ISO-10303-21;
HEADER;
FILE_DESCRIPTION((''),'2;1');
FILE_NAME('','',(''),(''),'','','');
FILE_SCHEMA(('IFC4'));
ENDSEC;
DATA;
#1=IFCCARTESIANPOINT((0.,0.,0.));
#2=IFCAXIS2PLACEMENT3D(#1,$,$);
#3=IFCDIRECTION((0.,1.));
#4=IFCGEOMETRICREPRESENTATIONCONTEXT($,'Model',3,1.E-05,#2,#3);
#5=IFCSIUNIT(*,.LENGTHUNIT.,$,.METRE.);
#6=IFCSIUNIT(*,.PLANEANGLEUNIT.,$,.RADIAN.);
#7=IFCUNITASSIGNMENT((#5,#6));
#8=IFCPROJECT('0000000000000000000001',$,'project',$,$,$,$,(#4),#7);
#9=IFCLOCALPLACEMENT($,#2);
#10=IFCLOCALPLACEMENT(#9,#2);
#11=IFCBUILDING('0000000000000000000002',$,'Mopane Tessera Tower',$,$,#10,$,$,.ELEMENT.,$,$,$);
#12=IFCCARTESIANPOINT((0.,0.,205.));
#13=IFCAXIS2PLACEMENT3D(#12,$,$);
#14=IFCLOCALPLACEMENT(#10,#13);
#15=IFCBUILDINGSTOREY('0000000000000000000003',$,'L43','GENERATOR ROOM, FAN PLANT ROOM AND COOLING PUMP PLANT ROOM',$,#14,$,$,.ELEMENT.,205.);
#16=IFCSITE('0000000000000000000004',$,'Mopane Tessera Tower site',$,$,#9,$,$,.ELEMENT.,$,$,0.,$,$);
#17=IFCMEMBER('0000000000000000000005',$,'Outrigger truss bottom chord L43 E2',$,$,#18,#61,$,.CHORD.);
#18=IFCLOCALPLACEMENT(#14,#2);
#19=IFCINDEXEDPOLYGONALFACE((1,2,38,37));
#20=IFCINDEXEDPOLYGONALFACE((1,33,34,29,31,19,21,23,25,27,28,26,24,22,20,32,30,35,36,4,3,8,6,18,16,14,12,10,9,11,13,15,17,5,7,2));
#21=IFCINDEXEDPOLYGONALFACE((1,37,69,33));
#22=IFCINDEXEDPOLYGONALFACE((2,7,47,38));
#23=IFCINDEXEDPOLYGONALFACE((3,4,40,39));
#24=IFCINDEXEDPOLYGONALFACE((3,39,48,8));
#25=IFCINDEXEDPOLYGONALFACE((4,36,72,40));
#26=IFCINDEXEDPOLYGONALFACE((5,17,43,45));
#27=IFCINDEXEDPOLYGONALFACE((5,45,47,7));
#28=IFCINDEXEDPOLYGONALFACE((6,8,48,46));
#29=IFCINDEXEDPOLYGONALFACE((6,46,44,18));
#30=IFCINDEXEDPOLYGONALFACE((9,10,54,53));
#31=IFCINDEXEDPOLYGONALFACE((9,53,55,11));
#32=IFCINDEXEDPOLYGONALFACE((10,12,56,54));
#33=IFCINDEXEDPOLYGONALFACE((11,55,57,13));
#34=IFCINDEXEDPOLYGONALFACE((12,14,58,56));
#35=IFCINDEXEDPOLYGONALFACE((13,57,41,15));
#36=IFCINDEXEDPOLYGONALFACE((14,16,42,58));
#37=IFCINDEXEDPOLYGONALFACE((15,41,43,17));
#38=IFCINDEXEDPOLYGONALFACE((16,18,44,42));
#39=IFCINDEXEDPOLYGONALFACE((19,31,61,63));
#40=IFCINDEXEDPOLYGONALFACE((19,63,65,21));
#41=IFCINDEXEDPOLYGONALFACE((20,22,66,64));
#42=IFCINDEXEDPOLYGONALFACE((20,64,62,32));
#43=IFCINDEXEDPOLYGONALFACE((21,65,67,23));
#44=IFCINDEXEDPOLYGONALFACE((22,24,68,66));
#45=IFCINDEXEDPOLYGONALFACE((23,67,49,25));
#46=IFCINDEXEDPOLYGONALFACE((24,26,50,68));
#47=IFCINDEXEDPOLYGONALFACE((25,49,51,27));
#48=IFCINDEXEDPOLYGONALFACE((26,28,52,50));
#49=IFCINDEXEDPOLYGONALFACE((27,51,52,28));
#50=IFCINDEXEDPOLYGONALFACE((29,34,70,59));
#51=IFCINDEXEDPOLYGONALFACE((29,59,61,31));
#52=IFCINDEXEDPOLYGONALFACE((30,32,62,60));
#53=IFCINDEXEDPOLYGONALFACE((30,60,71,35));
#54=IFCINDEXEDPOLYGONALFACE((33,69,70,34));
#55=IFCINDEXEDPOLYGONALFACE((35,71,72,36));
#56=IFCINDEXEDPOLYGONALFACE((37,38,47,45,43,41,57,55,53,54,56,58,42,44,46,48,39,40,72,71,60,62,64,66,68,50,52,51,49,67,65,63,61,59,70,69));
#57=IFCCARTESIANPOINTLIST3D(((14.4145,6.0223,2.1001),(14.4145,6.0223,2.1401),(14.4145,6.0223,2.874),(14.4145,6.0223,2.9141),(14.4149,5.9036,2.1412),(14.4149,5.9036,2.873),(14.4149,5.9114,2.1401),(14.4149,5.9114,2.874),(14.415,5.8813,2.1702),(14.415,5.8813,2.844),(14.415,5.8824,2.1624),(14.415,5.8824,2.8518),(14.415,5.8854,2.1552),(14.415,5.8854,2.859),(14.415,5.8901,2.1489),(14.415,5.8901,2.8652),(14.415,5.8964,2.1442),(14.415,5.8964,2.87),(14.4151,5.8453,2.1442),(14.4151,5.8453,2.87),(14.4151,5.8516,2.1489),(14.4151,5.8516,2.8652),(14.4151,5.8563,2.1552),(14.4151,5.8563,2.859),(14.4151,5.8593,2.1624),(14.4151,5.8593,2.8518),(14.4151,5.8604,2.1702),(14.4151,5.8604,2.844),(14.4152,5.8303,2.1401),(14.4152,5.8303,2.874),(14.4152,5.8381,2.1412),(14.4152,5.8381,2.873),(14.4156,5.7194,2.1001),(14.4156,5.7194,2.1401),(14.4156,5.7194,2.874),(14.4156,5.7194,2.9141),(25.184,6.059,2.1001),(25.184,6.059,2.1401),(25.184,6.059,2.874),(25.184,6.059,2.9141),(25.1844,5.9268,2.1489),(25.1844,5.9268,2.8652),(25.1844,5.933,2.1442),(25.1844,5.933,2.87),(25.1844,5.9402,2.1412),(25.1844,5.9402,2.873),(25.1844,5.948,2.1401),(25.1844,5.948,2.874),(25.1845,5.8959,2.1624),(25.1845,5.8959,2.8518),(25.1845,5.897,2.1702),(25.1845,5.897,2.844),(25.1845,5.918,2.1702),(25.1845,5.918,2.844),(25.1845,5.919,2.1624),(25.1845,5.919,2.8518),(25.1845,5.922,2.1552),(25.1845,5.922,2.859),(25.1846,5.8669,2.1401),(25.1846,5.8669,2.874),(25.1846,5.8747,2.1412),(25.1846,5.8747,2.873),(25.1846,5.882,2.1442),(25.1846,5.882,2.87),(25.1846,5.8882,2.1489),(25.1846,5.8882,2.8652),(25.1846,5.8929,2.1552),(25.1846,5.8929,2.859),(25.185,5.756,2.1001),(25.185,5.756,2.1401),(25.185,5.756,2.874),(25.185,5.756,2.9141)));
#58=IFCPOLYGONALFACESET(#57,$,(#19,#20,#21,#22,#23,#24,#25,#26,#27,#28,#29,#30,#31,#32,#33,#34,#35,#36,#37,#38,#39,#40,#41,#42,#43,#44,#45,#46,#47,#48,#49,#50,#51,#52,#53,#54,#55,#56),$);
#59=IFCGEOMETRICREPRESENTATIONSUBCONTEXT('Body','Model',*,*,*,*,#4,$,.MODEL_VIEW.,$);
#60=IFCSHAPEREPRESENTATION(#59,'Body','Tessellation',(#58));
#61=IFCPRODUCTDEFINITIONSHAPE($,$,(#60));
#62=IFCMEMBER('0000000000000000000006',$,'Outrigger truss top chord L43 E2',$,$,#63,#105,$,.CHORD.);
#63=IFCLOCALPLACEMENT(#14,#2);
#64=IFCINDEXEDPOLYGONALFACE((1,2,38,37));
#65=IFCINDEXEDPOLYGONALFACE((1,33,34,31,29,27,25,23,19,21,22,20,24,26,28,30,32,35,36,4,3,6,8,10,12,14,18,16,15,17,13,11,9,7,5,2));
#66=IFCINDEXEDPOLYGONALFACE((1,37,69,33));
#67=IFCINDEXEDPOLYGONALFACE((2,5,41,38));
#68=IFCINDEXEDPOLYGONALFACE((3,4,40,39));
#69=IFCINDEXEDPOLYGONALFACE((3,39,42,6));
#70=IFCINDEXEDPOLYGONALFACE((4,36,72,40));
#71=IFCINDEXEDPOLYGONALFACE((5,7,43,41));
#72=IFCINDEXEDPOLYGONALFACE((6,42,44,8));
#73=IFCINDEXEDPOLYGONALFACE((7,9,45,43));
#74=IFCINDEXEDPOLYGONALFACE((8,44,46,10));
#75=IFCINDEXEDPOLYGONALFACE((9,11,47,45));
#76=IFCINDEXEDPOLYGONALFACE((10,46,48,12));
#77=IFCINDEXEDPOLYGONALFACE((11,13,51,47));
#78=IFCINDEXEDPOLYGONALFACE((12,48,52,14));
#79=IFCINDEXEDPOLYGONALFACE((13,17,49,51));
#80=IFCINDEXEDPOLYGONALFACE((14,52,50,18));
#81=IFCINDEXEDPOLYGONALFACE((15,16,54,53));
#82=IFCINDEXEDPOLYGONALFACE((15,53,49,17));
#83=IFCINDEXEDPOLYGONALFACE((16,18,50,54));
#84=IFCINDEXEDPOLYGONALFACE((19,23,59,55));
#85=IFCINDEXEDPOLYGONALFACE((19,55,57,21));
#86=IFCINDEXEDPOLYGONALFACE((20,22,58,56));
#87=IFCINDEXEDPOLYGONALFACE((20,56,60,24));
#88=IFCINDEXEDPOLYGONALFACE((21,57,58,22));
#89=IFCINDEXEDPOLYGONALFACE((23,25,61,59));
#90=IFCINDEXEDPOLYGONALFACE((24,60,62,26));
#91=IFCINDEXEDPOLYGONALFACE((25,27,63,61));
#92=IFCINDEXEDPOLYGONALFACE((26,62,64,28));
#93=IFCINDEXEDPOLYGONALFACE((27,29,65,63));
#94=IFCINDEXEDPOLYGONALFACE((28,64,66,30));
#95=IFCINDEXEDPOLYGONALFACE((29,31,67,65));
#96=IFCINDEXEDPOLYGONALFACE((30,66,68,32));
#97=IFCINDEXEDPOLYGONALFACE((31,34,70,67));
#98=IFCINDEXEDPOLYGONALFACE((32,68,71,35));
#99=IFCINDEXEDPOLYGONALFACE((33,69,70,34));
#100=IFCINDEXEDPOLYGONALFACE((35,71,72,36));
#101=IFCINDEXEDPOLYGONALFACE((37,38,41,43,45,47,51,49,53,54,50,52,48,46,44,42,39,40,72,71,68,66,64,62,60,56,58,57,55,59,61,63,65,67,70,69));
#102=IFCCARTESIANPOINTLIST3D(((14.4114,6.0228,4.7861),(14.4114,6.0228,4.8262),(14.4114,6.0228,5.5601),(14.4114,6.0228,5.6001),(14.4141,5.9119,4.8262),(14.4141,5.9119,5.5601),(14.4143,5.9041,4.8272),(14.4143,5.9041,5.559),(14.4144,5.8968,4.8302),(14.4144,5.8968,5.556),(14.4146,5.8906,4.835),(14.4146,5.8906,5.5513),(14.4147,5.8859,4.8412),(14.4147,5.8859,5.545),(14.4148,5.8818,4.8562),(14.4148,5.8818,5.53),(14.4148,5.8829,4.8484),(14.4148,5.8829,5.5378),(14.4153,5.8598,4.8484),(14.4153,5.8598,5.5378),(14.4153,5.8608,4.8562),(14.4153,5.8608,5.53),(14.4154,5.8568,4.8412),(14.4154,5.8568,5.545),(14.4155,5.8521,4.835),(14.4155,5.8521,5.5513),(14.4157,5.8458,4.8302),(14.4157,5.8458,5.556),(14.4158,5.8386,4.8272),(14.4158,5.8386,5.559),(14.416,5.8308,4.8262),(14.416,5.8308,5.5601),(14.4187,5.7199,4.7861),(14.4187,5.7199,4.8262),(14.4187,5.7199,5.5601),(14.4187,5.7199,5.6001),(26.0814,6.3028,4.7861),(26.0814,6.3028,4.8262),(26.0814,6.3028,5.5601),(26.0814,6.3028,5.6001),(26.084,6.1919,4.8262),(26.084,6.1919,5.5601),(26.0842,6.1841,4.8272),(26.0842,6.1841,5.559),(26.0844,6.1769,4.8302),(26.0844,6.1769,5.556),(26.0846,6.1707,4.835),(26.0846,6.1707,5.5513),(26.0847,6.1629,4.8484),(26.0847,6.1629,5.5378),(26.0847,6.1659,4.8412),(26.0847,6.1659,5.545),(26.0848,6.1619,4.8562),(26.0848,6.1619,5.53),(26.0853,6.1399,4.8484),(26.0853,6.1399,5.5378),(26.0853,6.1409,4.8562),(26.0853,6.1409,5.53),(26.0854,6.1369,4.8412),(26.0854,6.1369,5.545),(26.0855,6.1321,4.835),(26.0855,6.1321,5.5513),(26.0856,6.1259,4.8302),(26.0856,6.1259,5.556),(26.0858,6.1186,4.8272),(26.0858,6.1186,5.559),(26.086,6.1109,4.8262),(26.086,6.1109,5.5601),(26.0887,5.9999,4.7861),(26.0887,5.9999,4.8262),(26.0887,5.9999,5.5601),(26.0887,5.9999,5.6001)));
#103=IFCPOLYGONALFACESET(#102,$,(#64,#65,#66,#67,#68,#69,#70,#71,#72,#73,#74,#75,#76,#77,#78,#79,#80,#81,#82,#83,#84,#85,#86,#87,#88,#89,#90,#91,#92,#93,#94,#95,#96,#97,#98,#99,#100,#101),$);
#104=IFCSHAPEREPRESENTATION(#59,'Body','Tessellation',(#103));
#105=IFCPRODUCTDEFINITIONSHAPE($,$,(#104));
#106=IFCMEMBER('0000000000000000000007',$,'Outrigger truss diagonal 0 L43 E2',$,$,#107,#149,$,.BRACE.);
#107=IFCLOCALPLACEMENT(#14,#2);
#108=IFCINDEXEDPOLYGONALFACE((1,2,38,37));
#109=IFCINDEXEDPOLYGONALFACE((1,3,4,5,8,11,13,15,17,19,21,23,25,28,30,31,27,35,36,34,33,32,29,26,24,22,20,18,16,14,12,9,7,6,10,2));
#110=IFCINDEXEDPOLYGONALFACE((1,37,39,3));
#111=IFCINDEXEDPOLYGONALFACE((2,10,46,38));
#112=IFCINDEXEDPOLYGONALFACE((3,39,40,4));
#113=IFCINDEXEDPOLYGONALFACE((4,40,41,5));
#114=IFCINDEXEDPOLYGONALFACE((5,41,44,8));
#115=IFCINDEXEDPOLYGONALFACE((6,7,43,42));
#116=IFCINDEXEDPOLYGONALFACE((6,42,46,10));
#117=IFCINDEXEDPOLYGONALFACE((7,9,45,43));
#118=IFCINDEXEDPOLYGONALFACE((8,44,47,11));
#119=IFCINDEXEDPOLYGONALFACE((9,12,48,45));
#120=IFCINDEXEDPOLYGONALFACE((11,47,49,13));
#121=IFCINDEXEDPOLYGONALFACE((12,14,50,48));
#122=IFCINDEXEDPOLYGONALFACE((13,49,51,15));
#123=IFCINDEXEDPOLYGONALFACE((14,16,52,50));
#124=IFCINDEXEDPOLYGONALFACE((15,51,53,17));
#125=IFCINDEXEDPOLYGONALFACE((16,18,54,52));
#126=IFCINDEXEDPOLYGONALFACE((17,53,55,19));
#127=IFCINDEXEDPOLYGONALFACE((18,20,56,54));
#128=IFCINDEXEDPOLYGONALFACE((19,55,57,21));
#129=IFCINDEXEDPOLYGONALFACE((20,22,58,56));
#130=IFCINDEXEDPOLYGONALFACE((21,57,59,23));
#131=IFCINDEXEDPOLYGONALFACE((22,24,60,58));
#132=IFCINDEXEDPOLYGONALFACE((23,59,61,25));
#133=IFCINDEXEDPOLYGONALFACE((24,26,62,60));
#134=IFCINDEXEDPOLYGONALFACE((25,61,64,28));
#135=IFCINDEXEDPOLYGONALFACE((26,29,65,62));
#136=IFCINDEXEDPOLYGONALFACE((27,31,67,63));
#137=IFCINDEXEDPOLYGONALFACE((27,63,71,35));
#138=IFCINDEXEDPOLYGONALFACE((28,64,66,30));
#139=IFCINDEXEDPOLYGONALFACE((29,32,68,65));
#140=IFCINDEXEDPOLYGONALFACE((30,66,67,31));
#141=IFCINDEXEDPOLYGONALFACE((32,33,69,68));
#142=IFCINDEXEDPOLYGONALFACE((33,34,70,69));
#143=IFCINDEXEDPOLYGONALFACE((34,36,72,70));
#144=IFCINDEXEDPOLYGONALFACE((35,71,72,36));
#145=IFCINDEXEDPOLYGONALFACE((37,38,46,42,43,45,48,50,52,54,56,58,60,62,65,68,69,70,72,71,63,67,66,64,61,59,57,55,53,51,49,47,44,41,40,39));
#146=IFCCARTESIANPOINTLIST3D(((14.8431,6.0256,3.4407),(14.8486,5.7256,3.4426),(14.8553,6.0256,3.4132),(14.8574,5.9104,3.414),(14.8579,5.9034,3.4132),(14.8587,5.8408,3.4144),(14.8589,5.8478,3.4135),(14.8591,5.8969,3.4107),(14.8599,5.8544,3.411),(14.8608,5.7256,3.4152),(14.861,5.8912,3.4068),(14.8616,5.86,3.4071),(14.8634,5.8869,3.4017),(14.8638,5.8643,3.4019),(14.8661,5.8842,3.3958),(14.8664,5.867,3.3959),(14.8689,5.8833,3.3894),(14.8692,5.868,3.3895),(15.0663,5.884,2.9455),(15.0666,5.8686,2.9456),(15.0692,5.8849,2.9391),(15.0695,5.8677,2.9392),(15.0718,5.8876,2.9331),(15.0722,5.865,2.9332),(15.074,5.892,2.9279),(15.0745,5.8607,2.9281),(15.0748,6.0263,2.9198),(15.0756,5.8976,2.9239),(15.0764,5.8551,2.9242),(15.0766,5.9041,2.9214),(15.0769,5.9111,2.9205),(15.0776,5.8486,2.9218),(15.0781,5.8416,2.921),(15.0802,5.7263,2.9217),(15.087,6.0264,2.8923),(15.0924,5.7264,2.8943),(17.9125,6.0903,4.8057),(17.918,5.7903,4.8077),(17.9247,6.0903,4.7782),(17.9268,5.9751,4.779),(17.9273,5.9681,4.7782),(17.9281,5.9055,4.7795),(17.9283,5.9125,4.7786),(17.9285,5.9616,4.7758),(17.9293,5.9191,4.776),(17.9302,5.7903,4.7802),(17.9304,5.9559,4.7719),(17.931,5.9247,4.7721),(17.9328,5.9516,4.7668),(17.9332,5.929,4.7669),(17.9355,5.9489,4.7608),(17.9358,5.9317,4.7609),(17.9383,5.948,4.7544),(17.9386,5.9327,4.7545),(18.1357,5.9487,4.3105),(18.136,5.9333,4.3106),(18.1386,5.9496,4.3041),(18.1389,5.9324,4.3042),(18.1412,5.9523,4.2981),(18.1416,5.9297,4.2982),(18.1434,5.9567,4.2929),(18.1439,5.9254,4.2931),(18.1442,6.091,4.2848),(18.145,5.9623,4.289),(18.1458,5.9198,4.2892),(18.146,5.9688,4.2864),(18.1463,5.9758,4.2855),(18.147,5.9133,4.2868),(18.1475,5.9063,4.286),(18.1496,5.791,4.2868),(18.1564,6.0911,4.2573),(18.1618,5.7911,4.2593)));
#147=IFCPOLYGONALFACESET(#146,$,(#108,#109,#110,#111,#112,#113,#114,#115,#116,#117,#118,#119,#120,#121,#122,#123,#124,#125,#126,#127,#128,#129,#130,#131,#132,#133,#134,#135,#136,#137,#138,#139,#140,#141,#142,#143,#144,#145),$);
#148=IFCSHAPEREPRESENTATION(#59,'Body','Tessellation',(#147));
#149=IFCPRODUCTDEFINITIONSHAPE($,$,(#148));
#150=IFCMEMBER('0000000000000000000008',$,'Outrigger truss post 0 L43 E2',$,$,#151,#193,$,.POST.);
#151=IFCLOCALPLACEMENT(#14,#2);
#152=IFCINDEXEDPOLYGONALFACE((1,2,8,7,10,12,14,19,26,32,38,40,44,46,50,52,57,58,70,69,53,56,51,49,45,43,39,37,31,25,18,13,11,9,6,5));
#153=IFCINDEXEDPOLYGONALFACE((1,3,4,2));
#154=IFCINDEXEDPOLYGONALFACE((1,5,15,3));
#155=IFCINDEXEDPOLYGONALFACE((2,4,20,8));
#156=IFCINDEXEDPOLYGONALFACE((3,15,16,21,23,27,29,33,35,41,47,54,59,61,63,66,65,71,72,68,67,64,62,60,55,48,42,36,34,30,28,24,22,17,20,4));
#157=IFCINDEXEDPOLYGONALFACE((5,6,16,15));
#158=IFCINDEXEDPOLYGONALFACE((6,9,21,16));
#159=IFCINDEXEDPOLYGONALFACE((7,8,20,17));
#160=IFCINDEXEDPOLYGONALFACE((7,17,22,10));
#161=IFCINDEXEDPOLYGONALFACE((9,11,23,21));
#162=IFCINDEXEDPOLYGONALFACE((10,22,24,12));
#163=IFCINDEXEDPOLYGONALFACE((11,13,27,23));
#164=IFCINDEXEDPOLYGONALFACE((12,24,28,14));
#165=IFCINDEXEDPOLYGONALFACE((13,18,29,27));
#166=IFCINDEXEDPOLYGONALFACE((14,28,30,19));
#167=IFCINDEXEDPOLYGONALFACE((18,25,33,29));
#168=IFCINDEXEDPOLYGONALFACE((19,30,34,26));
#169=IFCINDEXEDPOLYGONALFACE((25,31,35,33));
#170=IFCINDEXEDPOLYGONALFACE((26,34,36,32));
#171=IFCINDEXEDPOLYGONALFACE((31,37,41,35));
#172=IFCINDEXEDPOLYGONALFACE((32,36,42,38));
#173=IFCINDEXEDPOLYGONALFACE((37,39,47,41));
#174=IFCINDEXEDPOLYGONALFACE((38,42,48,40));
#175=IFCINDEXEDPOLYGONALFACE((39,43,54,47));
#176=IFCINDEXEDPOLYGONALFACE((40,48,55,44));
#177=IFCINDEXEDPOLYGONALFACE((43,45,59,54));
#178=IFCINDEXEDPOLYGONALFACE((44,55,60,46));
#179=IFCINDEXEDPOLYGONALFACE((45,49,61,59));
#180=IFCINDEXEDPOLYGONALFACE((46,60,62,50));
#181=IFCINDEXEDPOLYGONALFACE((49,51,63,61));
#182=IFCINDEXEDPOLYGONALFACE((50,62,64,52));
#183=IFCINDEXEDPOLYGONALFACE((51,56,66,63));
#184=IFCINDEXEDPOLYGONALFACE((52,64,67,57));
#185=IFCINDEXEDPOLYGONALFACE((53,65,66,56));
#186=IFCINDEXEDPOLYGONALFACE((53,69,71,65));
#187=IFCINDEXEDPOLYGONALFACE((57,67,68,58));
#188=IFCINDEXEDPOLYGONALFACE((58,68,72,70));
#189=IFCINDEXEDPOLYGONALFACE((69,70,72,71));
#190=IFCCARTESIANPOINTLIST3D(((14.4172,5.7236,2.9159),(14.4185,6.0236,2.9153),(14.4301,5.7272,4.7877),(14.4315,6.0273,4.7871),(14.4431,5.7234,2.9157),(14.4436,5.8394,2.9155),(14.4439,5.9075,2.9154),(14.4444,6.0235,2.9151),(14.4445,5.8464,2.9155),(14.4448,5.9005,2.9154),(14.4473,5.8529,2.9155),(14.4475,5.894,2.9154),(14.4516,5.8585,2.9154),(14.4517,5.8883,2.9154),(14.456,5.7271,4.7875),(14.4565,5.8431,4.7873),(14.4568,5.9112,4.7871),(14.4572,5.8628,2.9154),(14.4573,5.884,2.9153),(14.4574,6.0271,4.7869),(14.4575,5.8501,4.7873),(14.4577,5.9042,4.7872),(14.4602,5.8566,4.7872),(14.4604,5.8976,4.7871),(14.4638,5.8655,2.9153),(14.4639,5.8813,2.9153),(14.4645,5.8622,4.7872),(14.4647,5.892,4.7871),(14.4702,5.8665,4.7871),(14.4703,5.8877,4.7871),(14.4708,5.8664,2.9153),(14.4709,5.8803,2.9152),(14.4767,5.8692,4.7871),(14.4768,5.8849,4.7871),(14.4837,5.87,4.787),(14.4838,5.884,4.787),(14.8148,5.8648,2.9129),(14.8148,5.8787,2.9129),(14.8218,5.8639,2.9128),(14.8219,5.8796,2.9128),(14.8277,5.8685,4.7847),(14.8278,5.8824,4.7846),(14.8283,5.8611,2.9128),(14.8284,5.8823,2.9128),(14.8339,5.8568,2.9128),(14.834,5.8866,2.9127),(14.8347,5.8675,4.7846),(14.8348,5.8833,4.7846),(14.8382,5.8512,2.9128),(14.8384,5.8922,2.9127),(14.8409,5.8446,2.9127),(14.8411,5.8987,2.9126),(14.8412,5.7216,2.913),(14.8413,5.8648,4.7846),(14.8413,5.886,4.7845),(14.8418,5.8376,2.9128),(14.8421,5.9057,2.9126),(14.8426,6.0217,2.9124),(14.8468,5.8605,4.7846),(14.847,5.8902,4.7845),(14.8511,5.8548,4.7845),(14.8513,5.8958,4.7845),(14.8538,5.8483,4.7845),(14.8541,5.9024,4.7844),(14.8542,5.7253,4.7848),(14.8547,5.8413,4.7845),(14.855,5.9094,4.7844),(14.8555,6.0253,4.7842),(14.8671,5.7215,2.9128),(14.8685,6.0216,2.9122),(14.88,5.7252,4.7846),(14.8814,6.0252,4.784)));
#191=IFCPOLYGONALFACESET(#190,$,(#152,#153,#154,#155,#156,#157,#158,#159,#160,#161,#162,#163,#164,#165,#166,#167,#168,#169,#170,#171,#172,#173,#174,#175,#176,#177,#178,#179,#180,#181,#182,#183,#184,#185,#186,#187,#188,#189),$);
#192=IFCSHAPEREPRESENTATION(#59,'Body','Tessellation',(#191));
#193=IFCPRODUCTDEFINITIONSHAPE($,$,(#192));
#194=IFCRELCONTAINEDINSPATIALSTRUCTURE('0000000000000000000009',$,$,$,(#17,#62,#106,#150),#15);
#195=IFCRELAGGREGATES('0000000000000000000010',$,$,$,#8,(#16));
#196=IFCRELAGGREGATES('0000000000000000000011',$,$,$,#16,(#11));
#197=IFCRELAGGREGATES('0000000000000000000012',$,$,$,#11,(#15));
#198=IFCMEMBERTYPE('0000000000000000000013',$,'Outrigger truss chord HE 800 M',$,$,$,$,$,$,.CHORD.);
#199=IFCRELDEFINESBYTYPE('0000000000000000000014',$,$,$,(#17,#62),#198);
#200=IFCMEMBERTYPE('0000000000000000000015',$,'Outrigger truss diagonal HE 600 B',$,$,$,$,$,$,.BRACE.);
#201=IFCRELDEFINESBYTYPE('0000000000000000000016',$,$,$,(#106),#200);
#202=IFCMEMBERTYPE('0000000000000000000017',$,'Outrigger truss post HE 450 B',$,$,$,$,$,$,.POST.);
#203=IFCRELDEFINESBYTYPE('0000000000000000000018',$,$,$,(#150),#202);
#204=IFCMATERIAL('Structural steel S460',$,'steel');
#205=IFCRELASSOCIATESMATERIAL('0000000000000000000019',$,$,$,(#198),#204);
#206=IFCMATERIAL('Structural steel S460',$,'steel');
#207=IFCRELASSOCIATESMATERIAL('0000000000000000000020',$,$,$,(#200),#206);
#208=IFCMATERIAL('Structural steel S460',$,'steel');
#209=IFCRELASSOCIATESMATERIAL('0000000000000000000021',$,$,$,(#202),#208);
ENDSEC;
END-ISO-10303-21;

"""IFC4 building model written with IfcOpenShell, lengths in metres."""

from ifc_helpers import new_model, si_unit, direction, frame, origin, origin_2d, place, context, subcontext, project, spatial, i_section, extrude, material, material_profile, profile_set, type_object, element, save


model = new_model("IFC4")

# Units and contexts
model_context = context("Model", 3, precision=1e-05, world=origin(), true_north=direction((0.0, 1.0)))
body_context = subcontext(model_context, "Body", "Model", "MODEL_VIEW")
ifc_project = project(units=[si_unit("LENGTHUNIT", "METRE"), si_unit("PLANEANGLEUNIT", "RADIAN")], contexts=[model_context])

# Site, building, storey
site_placement = place(None, origin())
site = spatial("IfcSite", under=ifc_project, at=site_placement, Name="Mopane Tessera Tower site", CompositionType="ELEMENT", RefElevation=0.0)
building_placement = place(site_placement, origin())
building = spatial("IfcBuilding", under=site, at=building_placement, Name="Mopane Tessera Tower", CompositionType="ELEMENT")
storey_placement = place(building_placement, frame((0.0, 0.0, 205.0)))
storey = spatial("IfcBuildingStorey", under=building, at=storey_placement, Name="L43", Description="GENERATOR ROOM, FAN PLANT ROOM AND COOLING PUMP PLANT ROOM", CompositionType="ELEMENT", Elevation=205.0)

# Members
ifc_material_1 = material(Name="Structural steel S460", Category="steel")
ifc_material_profile_1 = material_profile(ifc_material_1, i_section(OverallWidth=0.303, OverallDepth=0.814, WebThickness=0.021, FlangeThickness=0.04, FilletRadius=0.03, at=origin_2d()))
ifc_profile_set_1 = profile_set([ifc_material_profile_1], Name="Structural steel S460")
member_type_1 = type_object("IfcMemberType", Name="Outrigger truss chord HE 800 M", PredefinedType="CHORD", material=ifc_profile_set_1)
member_1_placement = place(storey_placement, frame((14.415, 5.8708, 2.5071), z_axis=(0.999994, 0.0034, 0.0), x_axis=(-0.0034, 0.999994, 0.0)))
element("IfcMember", 1, at=member_1_placement, inside=storey, type_object=member_type_1, Name="Outrigger truss bottom chord L43 E2", PredefinedType="CHORD", context=body_context, shape_type="SweptSolid", body=[
    extrude(i_section(OverallWidth=0.303, OverallDepth=0.814, WebThickness=0.021, FlangeThickness=0.04, FilletRadius=0.03, at=origin_2d()), origin(), (0.0, 0.0, 1.0), 10.7695),
])
member_2_placement = place(storey_placement, frame((14.415, 5.8713, 5.1931), z_axis=(0.999712, 0.023989, 0.0), x_axis=(-0.023989, 0.999712, 0.0)))
element("IfcMember", 2, at=member_2_placement, inside=storey, type_object=member_type_1, Name="Outrigger truss top chord L43 E2", PredefinedType="CHORD", context=body_context, shape_type="SweptSolid", body=[
    extrude(i_section(OverallWidth=0.303, OverallDepth=0.814, WebThickness=0.021, FlangeThickness=0.04, FilletRadius=0.03, at=origin_2d()), origin(), (0.0, 0.0, 1.0), 11.6733),
])
ifc_material_2 = material(Name="Structural steel S460", Category="steel")
ifc_material_profile_2 = material_profile(ifc_material_2, i_section(OverallWidth=0.3, OverallDepth=0.6001, WebThickness=0.0154, FlangeThickness=0.03, FilletRadius=0.0271, at=origin_2d()))
ifc_profile_set_2 = profile_set([ifc_material_profile_2], Name="Structural steel S460")
member_type_2 = type_object("IfcMemberType", Name="Outrigger truss diagonal HE 600 B", PredefinedType="BRACE", material=ifc_profile_set_2)
member_3_placement = place(storey_placement, frame((14.9678, 5.876, 3.1675), z_axis=(0.913549, 0.019256, 0.406272), x_axis=(-0.018146, 0.999814, -0.006586)))
element("IfcMember", 3, at=member_3_placement, inside=storey, type_object=member_type_2, Name="Outrigger truss diagonal 0 L43 E2", PredefinedType="BRACE", context=body_context, shape_type="SweptSolid", body=[
    extrude(i_section(OverallWidth=0.3, OverallDepth=0.6001, WebThickness=0.0154, FlangeThickness=0.03, FilletRadius=0.0271, at=origin_2d()), origin(), (0.0, 0.0, 1.0), 3.3599),
])
ifc_material_3 = material(Name="Structural steel S460", Category="steel")
ifc_material_profile_3 = material_profile(ifc_material_3, i_section(OverallWidth=0.3, OverallDepth=0.45, WebThickness=0.0139, FlangeThickness=0.0259, FilletRadius=0.0271, at=origin_2d()))
ifc_profile_set_3 = profile_set([ifc_material_profile_3], Name="Structural steel S460")
member_type_3 = type_object("IfcMemberType", Name="Outrigger truss post HE 450 B", PredefinedType="POST", material=ifc_profile_set_3)
member_4_placement = place(storey_placement, frame((14.6428, 5.8726, 2.9141), z_axis=(0.006913, 0.001956, 0.999974), x_axis=(0.004537, 0.999988, -0.001988)))
element("IfcMember", 4, at=member_4_placement, inside=storey, type_object=member_type_3, Name="Outrigger truss post 0 L43 E2", PredefinedType="POST", context=body_context, shape_type="SweptSolid", body=[
    extrude(i_section(OverallWidth=0.3, OverallDepth=0.45, WebThickness=0.0139, FlangeThickness=0.0259, FilletRadius=0.0271, at=origin_2d()), origin(), (0.0, 0.0, 1.0), 1.8718),
])

save(model, "model.ifc")
